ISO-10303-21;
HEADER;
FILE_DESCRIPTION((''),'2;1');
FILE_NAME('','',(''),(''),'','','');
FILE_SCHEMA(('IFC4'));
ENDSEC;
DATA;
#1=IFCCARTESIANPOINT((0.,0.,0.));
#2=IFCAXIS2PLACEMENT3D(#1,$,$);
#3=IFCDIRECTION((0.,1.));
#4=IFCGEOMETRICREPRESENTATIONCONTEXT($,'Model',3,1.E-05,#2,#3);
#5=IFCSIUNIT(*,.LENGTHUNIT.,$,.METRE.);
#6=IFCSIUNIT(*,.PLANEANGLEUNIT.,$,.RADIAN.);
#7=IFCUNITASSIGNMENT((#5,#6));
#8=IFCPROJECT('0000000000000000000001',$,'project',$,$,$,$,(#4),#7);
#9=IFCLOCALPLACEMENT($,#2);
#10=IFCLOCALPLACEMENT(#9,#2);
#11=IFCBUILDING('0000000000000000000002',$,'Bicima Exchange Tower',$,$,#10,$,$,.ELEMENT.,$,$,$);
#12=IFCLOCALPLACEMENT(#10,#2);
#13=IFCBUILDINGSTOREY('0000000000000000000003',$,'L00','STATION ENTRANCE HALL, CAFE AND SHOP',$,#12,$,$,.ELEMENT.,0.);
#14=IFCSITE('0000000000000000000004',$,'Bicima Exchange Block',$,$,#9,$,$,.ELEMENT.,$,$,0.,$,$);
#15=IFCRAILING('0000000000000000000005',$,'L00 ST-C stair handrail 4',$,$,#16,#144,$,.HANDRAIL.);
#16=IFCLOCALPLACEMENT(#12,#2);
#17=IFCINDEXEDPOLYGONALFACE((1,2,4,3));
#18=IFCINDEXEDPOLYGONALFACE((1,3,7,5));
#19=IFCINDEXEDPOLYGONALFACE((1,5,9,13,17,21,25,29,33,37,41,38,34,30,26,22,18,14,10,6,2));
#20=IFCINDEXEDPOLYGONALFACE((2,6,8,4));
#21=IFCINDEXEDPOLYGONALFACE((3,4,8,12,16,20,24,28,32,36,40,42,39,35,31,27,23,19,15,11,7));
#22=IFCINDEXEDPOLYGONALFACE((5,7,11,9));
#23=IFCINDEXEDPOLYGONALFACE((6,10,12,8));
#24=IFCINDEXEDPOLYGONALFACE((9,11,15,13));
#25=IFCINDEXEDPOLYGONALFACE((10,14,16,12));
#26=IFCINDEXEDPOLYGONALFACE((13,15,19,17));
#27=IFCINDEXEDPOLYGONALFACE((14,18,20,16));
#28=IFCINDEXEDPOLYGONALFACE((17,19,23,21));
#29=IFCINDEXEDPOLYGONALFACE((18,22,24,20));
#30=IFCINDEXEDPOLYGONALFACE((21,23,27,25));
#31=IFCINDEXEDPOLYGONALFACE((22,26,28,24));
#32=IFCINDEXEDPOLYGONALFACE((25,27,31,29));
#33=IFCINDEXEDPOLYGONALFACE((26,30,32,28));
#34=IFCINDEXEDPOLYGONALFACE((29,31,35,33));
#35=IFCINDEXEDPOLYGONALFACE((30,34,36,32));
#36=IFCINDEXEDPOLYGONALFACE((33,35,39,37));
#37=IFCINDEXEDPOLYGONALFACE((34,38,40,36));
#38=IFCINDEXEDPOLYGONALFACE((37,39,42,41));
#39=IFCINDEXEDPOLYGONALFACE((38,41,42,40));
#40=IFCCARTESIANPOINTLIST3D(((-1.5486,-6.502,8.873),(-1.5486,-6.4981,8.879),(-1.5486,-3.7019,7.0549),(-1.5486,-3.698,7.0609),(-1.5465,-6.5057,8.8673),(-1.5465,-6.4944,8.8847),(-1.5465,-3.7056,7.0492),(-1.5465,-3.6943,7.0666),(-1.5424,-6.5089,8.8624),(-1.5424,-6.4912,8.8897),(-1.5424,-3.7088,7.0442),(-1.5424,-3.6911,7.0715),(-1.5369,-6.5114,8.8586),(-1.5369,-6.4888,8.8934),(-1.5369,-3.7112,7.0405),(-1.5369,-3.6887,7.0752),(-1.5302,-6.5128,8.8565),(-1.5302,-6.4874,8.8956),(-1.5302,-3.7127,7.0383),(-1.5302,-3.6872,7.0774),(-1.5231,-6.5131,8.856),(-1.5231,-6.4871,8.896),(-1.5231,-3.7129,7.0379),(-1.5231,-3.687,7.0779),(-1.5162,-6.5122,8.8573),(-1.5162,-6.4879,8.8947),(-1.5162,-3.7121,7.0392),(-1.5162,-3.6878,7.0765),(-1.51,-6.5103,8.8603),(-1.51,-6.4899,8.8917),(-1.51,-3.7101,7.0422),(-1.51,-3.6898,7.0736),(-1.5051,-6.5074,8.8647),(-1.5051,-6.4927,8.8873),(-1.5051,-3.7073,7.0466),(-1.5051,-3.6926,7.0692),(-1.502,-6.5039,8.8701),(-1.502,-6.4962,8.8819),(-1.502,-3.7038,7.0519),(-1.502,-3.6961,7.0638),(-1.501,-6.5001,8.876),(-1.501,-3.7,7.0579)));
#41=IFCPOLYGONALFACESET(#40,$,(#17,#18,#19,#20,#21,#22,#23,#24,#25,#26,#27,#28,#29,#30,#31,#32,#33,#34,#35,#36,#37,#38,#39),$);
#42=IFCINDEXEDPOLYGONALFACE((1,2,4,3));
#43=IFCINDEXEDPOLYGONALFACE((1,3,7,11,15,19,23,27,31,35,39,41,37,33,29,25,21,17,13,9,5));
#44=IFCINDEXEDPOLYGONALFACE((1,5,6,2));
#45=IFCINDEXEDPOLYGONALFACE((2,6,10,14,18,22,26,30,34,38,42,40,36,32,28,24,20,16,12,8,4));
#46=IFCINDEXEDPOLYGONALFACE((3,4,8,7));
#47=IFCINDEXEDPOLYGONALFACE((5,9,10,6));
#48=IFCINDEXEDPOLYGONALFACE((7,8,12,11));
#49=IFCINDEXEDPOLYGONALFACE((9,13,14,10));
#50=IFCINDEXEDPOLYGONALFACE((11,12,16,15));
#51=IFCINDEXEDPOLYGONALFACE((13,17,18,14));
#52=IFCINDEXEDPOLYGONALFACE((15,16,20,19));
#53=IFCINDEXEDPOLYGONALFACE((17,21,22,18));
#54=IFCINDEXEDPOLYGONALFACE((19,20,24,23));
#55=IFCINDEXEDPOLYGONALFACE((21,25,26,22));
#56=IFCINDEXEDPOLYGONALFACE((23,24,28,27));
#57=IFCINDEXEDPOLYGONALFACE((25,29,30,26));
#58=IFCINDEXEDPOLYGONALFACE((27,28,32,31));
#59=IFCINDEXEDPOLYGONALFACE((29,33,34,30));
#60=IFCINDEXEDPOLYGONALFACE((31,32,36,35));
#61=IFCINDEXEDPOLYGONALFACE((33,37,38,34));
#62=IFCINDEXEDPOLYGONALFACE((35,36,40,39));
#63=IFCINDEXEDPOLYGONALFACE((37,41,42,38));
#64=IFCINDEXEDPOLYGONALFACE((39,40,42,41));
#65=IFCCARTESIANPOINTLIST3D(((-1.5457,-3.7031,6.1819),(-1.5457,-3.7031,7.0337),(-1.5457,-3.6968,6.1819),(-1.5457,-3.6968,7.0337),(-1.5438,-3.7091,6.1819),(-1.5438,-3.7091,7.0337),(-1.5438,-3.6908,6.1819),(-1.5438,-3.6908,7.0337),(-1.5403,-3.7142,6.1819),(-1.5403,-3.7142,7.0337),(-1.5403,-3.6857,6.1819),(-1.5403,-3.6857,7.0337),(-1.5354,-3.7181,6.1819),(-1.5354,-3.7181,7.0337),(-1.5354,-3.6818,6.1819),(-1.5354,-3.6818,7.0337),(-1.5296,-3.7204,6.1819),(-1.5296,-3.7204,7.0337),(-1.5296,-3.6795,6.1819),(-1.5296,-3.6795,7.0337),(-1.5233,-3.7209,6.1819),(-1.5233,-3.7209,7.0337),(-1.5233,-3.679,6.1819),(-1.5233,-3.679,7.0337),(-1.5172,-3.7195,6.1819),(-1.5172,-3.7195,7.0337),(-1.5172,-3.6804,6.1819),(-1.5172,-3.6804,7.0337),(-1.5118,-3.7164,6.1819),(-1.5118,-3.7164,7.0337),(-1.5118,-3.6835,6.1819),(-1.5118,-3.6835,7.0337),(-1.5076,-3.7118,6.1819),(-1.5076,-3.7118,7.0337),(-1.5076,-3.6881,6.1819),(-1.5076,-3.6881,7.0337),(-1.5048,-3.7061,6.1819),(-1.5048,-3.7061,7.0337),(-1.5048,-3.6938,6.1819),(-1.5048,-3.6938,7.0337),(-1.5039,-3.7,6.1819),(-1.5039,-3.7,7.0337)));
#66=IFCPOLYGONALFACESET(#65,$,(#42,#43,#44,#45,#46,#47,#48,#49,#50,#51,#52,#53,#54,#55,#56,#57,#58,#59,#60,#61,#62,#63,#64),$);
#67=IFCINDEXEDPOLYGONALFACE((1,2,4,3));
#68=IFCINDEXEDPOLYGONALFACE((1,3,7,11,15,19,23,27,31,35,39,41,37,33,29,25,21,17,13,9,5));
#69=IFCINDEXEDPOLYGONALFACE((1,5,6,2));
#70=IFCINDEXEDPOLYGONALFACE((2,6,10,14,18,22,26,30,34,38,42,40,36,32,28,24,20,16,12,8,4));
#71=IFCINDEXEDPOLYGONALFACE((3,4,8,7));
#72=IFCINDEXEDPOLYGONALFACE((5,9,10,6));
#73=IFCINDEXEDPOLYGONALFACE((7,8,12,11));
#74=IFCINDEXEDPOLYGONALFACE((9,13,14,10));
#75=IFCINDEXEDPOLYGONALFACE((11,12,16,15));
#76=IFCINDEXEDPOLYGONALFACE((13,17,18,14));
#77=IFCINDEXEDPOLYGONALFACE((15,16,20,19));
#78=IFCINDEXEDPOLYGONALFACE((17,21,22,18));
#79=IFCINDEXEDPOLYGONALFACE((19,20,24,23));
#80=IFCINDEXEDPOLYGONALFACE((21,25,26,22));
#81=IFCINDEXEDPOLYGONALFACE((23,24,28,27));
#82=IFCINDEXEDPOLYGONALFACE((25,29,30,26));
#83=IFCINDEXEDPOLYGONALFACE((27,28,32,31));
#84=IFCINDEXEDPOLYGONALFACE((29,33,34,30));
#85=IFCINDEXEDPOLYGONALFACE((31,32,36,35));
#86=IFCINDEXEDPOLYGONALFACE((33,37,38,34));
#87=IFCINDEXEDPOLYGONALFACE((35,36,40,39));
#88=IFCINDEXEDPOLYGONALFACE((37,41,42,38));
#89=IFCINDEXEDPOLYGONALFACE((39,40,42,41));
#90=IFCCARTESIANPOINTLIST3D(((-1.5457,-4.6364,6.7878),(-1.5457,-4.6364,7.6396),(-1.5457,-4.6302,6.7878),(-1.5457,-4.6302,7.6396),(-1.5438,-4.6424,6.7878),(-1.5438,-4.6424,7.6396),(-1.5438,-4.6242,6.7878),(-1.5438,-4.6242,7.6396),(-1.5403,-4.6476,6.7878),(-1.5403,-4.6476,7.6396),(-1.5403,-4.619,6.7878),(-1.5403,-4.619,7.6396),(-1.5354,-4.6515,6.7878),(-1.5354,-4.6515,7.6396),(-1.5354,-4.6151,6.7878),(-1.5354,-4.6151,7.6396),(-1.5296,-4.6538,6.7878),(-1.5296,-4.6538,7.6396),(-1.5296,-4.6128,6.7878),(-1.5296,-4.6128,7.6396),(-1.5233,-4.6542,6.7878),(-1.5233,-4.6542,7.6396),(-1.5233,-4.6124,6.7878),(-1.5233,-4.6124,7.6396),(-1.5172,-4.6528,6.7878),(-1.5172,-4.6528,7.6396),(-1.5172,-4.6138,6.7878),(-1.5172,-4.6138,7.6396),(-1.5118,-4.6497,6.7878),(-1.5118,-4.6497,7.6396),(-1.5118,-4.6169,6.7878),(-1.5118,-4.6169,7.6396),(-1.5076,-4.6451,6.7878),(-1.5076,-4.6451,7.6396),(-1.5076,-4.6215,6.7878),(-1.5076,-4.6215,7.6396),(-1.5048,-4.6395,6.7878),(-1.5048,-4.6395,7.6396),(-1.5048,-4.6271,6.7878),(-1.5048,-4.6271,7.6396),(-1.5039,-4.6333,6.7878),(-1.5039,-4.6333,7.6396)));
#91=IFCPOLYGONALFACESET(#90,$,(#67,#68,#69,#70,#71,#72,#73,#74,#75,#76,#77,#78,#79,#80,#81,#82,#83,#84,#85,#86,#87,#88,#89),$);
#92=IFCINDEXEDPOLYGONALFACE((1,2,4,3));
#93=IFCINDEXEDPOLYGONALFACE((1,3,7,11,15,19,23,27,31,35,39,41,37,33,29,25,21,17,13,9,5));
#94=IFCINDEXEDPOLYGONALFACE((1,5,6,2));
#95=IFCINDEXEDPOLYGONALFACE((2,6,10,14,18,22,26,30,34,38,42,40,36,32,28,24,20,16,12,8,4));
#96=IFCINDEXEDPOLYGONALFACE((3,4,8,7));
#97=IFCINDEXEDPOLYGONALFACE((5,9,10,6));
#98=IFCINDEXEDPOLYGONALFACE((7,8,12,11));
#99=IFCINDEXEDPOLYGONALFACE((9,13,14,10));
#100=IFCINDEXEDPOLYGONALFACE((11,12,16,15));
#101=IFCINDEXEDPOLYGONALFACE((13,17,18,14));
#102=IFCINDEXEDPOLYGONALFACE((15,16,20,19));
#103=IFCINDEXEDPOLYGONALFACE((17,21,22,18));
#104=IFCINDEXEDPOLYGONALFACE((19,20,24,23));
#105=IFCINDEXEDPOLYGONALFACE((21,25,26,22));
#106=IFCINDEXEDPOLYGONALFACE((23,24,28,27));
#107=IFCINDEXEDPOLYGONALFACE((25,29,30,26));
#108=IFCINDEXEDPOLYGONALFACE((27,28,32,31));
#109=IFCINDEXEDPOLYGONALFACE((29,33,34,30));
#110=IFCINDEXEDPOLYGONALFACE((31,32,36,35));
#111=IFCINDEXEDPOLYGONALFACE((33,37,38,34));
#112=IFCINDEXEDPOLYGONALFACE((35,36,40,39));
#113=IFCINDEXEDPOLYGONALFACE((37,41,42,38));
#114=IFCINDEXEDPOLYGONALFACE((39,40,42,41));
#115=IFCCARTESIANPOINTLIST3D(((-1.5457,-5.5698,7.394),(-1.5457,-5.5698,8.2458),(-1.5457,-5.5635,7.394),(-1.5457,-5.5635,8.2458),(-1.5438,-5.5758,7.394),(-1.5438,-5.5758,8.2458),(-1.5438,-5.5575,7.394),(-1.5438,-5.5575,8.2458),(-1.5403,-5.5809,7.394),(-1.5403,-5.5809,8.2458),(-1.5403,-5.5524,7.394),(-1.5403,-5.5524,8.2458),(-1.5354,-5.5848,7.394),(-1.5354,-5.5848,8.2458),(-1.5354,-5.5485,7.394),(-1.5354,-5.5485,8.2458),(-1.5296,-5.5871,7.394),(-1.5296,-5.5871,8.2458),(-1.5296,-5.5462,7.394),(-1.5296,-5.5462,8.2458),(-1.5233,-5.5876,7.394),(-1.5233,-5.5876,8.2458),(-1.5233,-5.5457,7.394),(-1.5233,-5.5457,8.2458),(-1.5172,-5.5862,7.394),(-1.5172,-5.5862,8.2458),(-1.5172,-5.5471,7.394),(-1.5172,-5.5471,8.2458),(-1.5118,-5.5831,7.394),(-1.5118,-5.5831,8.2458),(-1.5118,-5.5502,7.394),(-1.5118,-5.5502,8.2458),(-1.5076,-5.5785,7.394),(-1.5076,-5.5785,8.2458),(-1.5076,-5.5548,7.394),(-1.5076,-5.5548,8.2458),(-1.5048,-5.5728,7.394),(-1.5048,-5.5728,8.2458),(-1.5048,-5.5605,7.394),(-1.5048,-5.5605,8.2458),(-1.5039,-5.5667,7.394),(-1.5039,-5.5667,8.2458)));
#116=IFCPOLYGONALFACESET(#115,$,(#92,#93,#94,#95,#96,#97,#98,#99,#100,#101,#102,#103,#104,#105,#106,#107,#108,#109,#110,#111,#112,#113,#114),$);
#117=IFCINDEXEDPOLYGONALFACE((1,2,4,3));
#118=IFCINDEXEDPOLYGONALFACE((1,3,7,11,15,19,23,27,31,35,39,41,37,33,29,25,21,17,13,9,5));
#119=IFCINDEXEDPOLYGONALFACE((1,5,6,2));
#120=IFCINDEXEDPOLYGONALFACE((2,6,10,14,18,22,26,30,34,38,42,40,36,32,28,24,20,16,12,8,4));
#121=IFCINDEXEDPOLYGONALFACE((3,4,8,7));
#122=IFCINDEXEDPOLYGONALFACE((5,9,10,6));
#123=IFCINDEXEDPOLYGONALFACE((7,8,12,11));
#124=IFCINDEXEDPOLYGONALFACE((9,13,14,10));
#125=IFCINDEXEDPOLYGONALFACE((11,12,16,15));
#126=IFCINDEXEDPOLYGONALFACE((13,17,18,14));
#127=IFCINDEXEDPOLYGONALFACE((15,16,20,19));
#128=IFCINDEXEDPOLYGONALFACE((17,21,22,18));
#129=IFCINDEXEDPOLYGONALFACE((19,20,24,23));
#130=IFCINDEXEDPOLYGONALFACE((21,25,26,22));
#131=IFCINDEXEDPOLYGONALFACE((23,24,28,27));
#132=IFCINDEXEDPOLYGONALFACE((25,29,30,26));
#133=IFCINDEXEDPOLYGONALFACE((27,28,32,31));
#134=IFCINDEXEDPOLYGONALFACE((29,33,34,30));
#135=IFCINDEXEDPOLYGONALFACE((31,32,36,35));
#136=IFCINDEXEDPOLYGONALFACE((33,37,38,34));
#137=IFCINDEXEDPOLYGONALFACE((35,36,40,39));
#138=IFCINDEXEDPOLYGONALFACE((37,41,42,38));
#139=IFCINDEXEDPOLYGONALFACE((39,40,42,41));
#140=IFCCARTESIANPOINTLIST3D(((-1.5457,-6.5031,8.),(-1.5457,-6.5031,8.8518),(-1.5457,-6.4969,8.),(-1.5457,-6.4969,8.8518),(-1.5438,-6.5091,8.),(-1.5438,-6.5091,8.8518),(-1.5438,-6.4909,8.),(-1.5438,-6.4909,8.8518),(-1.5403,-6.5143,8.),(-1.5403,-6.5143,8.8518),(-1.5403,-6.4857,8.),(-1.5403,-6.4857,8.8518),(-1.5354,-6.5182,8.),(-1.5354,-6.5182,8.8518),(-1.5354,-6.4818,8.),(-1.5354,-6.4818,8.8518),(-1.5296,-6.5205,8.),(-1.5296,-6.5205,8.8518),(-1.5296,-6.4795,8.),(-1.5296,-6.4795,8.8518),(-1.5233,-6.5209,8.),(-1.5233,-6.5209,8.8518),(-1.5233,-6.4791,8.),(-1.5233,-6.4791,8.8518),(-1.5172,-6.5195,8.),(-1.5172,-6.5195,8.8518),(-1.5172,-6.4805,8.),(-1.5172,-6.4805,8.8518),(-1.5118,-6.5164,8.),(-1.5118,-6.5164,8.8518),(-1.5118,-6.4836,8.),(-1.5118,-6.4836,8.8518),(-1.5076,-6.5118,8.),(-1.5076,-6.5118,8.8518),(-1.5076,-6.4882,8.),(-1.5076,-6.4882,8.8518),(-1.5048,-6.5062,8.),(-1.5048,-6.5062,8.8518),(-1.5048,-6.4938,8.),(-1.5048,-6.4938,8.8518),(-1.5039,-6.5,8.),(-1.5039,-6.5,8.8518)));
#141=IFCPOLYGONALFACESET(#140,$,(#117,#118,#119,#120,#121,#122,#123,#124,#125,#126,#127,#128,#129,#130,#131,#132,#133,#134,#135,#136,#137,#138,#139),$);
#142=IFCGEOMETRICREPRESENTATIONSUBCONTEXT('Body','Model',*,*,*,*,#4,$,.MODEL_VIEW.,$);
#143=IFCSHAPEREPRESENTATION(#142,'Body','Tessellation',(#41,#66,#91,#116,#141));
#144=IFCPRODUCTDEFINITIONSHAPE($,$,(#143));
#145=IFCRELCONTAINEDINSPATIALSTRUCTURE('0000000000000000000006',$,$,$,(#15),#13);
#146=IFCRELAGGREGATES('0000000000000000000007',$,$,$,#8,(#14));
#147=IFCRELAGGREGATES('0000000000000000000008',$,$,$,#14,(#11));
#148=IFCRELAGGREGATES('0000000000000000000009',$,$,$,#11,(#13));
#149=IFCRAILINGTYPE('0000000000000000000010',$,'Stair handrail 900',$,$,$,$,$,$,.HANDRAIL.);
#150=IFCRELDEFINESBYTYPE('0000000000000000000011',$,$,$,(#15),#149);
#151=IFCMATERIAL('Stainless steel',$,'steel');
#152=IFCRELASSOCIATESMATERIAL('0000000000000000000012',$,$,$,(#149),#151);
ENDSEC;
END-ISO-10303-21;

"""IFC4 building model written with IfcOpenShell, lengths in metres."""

from ifc_helpers import new_model, si_unit, direction, frame, origin, origin_2d, place, context, subcontext, project, spatial, circle, extrude, material, type_object, element, save


model = new_model("IFC4")

# Units and contexts
model_context = context("Model", 3, precision=1e-05, world=origin(), true_north=direction((0.0, 1.0)))
body_context = subcontext(model_context, "Body", "Model", "MODEL_VIEW")
ifc_project = project(units=[si_unit("LENGTHUNIT", "METRE"), si_unit("PLANEANGLEUNIT", "RADIAN")], contexts=[model_context])

# Site, building, storey
site_placement = place(None, origin())
site = spatial("IfcSite", under=ifc_project, at=site_placement, Name="Bicima Exchange Block", CompositionType="ELEMENT", RefElevation=0.0)
building_placement = place(site_placement, origin())
building = spatial("IfcBuilding", under=site, at=building_placement, Name="Bicima Exchange Tower", CompositionType="ELEMENT")
storey_placement = place(building_placement, origin())
storey = spatial("IfcBuildingStorey", under=building, at=storey_placement, Name="L00", Description="STATION ENTRANCE HALL, CAFE AND SHOP", CompositionType="ELEMENT", Elevation=0.0)

# Railing
ifc_material_1 = material(Name="Stainless steel", Category="steel")
railing_type = type_object("IfcRailingType", Name="Stair handrail 900", PredefinedType="HANDRAIL", material=ifc_material_1)
for number, where, name in (
    (1, (-1.5249, -3.7, 6.1819), "L00 ST-C stair handrail 4"),
):
    element("IfcRailing", number, at=place(storey_placement, frame(where)), inside=storey, type_object=railing_type, Name=name, PredefinedType="HANDRAIL", context=body_context, shape_type="SweptSolid", body=[
        extrude(circle(Radius=0.0239, at=origin_2d()), frame((0.0, 0.0, 0.876), z_axis=(0.0, -0.838706, 0.544585), x_axis=(1.0, 0.0, 0.0)), (0.0, 0.0, 1.0), 3.3386),
        extrude(circle(Radius=0.021, at=origin_2d()), origin(), (0.0, 0.0, 1.0), 0.8518),
        extrude(circle(Radius=0.021, at=origin_2d()), frame((0.0, -0.9333, 0.606)), (0.0, 0.0, 1.0), 0.8518),
        extrude(circle(Radius=0.021, at=origin_2d()), frame((0.0, -1.8667, 1.2122)), (0.0, 0.0, 1.0), 0.8518),
        extrude(circle(Radius=0.021, at=origin_2d()), frame((0.0, -2.8, 1.8181)), (0.0, 0.0, 1.0), 0.8518),
    ])

save(model, "model.ifc")
